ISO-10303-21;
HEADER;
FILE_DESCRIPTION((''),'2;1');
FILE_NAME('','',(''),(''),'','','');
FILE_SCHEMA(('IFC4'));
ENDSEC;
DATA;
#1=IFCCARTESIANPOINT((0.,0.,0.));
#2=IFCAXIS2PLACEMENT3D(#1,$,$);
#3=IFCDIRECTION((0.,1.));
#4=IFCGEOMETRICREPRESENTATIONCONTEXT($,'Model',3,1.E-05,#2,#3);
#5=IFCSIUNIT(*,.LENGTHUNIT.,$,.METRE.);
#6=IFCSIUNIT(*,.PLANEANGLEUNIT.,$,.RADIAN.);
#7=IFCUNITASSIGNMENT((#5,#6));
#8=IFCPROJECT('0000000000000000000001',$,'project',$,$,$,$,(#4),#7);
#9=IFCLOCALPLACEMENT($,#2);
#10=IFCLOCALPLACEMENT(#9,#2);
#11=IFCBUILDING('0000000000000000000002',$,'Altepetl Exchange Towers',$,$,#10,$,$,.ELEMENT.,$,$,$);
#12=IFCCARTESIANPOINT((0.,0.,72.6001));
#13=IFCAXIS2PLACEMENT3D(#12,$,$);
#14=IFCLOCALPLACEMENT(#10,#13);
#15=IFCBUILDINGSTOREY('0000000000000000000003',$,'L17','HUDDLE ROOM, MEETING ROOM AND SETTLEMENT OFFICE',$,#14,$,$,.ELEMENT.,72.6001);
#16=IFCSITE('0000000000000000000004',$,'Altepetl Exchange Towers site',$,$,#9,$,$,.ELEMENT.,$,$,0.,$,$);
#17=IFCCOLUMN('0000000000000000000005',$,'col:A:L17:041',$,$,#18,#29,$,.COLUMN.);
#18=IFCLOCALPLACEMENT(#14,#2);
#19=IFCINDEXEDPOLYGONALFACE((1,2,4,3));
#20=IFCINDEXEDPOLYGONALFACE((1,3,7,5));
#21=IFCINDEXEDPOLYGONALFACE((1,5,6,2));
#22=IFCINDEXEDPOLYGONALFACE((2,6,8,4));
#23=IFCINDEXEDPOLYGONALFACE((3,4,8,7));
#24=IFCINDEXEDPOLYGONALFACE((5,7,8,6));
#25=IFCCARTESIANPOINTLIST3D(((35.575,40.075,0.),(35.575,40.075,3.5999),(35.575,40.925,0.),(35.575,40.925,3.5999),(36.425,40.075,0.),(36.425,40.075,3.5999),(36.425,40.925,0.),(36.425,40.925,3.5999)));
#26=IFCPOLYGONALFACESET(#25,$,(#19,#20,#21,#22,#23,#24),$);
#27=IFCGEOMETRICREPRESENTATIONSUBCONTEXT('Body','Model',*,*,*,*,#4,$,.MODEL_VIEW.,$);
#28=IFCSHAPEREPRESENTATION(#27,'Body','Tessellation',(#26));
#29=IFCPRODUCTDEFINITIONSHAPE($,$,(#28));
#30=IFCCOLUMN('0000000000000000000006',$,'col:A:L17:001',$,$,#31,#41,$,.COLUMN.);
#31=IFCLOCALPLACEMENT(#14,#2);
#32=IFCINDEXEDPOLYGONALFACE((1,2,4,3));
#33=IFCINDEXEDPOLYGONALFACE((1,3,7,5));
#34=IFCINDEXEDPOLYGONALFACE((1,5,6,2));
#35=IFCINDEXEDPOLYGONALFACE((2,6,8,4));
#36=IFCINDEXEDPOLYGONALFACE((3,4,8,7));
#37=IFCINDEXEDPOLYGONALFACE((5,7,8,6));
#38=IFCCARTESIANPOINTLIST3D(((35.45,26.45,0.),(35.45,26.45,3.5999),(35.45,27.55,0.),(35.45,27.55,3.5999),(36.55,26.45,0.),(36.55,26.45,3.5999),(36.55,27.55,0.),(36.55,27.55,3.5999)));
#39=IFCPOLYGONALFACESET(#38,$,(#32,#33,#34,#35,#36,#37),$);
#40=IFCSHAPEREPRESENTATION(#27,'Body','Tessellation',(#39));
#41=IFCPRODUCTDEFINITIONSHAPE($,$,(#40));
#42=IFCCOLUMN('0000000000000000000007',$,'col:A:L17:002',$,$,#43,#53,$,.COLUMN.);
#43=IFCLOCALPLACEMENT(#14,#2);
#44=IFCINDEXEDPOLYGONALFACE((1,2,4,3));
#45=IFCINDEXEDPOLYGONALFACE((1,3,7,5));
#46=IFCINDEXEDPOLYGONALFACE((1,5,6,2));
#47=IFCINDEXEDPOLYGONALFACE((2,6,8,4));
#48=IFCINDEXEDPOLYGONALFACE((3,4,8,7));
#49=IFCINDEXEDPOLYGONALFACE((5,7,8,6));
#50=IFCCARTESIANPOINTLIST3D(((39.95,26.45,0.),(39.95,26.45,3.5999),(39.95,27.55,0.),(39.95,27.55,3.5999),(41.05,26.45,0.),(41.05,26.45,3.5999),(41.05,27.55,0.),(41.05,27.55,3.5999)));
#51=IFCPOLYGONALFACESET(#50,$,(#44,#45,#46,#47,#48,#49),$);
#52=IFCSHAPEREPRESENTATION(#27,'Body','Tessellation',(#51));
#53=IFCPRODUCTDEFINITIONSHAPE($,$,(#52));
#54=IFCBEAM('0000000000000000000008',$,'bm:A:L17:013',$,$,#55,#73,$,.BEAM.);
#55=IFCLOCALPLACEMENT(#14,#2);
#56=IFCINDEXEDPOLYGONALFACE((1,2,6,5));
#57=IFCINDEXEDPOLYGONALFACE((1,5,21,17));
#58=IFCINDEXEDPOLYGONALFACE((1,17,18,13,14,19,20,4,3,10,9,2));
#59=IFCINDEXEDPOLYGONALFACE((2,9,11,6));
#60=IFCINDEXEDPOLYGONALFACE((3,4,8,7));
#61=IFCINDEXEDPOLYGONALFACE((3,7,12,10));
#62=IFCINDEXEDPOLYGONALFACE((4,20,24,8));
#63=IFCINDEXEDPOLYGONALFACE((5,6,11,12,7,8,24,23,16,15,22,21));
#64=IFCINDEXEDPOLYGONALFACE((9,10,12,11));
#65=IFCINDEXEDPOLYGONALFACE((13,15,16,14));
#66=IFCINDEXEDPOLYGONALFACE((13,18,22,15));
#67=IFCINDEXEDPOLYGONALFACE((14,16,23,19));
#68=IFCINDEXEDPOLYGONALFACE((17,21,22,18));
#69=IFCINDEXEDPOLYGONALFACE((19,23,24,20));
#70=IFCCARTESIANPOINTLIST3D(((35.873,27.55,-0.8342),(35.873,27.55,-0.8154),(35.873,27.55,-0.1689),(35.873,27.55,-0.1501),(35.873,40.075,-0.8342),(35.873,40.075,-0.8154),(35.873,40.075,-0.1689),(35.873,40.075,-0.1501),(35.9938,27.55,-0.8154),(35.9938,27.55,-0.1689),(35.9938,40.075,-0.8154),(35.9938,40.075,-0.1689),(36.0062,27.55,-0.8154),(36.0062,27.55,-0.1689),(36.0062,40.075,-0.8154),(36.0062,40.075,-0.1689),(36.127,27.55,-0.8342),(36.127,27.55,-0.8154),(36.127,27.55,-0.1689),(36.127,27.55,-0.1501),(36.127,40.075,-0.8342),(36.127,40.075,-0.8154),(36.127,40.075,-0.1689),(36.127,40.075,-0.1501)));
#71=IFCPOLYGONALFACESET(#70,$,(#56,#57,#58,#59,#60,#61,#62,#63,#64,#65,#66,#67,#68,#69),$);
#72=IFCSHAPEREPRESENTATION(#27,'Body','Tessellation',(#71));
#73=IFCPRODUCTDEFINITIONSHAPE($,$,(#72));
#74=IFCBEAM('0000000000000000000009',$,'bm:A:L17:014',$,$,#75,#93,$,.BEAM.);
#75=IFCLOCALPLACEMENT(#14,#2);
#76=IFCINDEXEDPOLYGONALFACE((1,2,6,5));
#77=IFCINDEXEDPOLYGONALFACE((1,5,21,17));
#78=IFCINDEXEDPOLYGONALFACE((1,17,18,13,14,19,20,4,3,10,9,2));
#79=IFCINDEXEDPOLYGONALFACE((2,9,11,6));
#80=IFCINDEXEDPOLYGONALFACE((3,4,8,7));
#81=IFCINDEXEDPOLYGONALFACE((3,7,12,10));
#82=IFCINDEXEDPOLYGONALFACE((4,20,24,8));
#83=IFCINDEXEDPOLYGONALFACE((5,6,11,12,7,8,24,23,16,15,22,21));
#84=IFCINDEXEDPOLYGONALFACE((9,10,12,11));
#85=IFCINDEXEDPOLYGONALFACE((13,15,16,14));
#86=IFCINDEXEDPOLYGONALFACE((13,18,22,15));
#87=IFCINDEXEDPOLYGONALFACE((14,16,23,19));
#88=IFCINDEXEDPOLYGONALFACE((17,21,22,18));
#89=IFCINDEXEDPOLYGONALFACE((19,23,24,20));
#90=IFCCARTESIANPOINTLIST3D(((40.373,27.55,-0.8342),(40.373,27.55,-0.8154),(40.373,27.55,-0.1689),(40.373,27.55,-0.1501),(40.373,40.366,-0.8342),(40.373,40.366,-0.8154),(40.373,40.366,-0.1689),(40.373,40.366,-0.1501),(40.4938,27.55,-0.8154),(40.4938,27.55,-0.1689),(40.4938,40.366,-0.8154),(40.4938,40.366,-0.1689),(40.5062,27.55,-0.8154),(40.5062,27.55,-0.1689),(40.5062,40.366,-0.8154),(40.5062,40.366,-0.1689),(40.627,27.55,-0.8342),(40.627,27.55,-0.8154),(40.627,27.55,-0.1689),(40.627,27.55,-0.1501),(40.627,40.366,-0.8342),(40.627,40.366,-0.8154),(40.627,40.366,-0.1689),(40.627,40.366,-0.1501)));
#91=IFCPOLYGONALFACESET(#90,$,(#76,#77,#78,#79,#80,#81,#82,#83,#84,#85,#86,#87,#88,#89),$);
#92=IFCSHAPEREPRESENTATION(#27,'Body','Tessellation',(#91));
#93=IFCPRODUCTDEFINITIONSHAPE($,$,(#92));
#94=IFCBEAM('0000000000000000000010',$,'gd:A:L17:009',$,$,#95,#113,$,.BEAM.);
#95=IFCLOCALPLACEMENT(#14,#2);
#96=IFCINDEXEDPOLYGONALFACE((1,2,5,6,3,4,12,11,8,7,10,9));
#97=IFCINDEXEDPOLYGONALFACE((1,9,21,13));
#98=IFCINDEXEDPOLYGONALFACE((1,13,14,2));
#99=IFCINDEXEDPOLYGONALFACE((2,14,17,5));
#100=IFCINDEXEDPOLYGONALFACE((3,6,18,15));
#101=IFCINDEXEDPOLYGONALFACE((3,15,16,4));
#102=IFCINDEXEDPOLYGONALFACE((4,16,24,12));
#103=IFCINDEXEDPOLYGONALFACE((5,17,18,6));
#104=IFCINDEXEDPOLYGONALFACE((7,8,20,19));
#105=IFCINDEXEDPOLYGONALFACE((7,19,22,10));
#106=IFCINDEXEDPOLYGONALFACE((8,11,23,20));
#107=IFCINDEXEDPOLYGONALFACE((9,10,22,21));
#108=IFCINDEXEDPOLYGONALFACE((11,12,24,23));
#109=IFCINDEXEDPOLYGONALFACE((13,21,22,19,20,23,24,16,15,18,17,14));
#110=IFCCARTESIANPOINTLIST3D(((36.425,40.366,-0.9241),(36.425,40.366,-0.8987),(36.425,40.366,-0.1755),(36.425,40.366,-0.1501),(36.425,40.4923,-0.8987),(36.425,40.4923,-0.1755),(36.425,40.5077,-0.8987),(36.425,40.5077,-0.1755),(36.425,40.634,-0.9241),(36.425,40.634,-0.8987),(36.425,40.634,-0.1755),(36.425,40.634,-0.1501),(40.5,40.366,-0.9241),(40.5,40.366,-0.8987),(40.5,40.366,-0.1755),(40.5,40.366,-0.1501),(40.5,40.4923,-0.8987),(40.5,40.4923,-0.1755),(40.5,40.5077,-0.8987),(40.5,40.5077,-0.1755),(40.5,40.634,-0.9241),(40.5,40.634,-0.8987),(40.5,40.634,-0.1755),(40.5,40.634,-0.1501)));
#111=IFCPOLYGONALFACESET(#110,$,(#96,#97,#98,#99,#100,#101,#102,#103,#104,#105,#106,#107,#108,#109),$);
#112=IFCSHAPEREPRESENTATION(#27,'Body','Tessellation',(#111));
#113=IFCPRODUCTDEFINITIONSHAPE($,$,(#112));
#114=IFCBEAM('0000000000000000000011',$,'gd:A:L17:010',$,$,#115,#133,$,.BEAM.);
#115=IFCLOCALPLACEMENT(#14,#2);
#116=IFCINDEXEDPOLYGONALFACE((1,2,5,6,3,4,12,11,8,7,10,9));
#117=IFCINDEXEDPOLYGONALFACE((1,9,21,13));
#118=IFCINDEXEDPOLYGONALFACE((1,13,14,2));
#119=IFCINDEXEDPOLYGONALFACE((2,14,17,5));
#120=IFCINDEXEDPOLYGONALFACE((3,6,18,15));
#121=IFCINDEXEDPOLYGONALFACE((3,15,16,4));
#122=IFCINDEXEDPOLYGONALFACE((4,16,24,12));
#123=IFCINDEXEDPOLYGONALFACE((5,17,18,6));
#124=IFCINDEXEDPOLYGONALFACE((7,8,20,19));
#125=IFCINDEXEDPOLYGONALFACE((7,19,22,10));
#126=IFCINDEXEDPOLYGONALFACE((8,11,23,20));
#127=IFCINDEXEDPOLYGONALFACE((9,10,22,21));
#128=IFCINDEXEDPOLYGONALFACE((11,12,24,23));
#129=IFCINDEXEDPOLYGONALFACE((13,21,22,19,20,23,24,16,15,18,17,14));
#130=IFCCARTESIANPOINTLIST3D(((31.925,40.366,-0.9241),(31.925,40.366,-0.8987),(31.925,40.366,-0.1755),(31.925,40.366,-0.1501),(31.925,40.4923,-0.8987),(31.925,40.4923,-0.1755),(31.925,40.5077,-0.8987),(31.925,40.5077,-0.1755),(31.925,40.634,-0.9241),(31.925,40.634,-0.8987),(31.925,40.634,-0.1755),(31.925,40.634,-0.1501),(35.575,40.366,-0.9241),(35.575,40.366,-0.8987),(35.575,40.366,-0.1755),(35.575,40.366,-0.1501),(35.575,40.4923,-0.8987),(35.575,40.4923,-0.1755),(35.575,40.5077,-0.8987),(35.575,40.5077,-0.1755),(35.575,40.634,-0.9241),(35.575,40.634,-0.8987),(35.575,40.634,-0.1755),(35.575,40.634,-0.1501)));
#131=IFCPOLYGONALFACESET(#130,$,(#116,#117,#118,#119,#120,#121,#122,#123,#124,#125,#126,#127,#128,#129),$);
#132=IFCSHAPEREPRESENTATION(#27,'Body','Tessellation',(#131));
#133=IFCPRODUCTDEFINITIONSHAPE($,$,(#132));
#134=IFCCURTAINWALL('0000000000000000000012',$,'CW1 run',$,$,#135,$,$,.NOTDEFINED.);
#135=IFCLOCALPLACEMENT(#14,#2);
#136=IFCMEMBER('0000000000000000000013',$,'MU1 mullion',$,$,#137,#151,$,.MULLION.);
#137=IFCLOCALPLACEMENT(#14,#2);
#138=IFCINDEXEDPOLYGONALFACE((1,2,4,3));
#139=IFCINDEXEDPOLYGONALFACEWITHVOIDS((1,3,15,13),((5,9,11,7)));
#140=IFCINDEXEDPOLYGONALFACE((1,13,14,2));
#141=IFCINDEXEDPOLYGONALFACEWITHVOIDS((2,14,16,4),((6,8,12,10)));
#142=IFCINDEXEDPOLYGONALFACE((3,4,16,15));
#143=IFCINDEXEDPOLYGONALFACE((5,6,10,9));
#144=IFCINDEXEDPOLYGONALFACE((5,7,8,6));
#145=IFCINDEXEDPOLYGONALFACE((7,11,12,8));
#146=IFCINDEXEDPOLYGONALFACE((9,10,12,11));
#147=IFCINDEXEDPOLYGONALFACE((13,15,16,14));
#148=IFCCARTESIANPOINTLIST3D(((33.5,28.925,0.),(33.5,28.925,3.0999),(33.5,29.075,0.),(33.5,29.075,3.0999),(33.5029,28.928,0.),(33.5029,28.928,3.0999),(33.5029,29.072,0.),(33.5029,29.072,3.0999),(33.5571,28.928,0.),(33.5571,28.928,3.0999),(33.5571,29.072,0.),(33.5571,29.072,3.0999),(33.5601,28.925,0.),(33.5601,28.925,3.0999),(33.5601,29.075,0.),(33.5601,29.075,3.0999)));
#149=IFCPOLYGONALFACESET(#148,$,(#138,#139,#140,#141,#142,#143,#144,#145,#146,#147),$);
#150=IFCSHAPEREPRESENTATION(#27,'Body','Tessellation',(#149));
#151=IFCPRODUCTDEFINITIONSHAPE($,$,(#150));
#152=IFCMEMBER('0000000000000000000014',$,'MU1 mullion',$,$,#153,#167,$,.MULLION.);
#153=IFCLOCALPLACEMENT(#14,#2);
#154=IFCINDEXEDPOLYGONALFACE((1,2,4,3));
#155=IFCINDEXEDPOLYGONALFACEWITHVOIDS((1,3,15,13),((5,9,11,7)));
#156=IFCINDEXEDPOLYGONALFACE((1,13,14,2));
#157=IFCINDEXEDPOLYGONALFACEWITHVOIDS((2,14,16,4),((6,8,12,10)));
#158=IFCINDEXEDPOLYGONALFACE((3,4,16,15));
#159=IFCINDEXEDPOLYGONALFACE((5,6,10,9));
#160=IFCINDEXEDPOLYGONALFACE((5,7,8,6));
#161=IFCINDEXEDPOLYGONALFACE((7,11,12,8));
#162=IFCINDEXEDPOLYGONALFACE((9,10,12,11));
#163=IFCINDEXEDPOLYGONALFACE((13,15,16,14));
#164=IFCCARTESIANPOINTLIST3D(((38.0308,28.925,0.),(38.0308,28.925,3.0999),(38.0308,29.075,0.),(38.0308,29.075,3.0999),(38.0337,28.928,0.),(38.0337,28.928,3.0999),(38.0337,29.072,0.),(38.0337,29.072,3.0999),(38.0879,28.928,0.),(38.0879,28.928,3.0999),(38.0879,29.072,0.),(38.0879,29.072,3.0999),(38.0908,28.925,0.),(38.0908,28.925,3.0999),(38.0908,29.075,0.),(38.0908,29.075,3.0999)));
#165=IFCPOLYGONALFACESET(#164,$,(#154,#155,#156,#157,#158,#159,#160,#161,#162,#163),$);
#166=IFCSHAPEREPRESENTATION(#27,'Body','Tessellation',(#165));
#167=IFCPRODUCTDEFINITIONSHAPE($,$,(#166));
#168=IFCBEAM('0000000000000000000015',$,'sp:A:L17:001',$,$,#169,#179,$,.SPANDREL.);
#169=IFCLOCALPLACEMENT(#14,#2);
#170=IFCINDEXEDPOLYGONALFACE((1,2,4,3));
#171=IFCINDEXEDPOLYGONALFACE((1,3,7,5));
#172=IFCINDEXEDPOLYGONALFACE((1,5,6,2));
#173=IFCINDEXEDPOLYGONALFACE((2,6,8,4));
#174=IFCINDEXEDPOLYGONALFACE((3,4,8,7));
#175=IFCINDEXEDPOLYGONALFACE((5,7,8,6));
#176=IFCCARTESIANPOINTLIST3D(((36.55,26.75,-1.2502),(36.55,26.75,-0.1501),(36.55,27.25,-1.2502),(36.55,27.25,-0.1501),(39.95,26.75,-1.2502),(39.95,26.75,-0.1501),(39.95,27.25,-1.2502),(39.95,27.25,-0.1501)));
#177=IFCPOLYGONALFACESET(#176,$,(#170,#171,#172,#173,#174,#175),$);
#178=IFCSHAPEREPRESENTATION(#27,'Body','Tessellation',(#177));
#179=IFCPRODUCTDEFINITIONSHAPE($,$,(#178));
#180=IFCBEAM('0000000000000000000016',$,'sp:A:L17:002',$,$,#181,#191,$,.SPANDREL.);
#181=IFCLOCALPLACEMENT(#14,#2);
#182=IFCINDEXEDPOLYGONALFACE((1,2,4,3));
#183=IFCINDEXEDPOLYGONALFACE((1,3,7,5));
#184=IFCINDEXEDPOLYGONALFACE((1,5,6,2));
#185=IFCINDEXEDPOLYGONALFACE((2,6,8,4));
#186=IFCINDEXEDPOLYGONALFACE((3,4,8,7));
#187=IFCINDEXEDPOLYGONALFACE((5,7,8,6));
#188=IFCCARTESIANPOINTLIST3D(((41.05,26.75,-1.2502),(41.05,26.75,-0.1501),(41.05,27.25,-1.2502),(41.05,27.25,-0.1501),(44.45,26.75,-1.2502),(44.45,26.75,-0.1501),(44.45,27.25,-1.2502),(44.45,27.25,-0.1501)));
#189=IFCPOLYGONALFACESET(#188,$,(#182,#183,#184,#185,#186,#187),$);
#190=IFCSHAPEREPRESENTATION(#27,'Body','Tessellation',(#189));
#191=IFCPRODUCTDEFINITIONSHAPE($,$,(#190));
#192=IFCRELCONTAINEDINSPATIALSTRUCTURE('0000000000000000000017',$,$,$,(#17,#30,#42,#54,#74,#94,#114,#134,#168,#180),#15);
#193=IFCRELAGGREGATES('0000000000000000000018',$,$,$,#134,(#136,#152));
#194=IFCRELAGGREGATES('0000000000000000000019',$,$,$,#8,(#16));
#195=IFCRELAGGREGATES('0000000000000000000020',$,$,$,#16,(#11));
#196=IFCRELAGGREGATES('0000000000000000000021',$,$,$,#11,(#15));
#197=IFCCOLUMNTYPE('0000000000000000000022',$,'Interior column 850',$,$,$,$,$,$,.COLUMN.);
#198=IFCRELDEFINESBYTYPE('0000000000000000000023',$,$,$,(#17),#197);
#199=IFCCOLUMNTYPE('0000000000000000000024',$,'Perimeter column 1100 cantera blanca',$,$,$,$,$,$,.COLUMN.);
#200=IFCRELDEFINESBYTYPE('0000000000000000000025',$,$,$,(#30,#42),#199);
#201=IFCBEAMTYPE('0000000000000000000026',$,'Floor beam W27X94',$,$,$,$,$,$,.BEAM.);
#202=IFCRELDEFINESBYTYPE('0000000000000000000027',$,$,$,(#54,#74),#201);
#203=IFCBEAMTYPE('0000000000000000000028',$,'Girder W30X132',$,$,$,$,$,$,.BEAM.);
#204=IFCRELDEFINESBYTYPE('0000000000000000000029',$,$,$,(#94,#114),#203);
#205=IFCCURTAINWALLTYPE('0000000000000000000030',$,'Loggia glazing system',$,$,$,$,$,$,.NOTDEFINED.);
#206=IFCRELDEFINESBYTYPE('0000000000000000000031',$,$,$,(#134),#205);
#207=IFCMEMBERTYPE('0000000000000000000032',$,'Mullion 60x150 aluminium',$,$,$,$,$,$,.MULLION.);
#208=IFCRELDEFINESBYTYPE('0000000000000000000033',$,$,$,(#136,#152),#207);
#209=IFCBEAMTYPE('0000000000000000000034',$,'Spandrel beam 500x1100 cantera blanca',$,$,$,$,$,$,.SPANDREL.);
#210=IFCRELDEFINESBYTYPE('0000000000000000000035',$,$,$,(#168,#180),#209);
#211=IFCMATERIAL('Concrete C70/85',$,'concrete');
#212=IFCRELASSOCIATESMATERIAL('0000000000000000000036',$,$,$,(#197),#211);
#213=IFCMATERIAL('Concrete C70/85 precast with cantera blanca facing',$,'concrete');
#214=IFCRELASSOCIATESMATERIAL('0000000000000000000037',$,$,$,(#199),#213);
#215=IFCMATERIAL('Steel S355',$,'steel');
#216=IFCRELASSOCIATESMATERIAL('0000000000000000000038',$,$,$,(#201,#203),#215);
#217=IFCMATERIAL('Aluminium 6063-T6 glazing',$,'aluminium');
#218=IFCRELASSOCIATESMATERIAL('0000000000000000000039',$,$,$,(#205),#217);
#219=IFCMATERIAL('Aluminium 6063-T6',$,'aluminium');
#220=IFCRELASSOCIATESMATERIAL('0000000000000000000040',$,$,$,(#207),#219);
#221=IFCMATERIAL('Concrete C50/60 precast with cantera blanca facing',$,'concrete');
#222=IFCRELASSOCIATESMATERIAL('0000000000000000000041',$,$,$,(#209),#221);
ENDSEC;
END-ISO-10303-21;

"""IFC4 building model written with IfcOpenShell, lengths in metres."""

from ifc_helpers import new_model, si_unit, direction, frame, origin, origin_2d, place, context, subcontext, project, spatial, rectangle, hollow_rectangle, i_section, extrude, material, material_profile, profile_set, type_object, element, aggregate, save


model = new_model("IFC4")

# Units and contexts
model_context = context("Model", 3, precision=1e-05, world=origin(), true_north=direction((0.0, 1.0)))
body_context = subcontext(model_context, "Body", "Model", "MODEL_VIEW")
ifc_project = project(units=[si_unit("LENGTHUNIT", "METRE"), si_unit("PLANEANGLEUNIT", "RADIAN")], contexts=[model_context])

# Site, building, storey
site_placement = place(None, origin())
site = spatial("IfcSite", under=ifc_project, at=site_placement, Name="Altepetl Exchange Towers site", CompositionType="ELEMENT", RefElevation=0.0)
building_placement = place(site_placement, origin())
building = spatial("IfcBuilding", under=site, at=building_placement, Name="Altepetl Exchange Towers", CompositionType="ELEMENT")
storey_placement = place(building_placement, frame((0.0, 0.0, 72.6001)))
storey = spatial("IfcBuildingStorey", under=building, at=storey_placement, Name="L17", Description="HUDDLE ROOM, MEETING ROOM AND SETTLEMENT OFFICE", CompositionType="ELEMENT", Elevation=72.6001)

# Columns
ifc_material_1 = material(Name="Concrete C70/85", Category="concrete")
ifc_material_profile_1 = material_profile(ifc_material_1, rectangle(XDim=0.8501, YDim=0.8501, at=origin_2d()), Name="850 x 850")
ifc_profile_set_1 = profile_set([ifc_material_profile_1], Name="Concrete C70/85")
column_type_1 = type_object("IfcColumnType", Name="Interior column 850", PredefinedType="COLUMN", material=ifc_profile_set_1)
column_placement = place(storey_placement, frame((36.0, 40.5, 0.0)))
element("IfcColumn", 1, at=column_placement, inside=storey, type_object=column_type_1, Name="col:A:L17:041", PredefinedType="COLUMN", context=body_context, shape_type="SweptSolid", body=[
    extrude(rectangle(XDim=0.8501, YDim=0.8501, at=origin_2d()), origin(), (0.0, 0.0, 1.0), 3.5999),
])
ifc_material_2 = material(Name="Concrete C70/85 precast with cantera blanca facing", Category="concrete")
ifc_material_profile_2 = material_profile(ifc_material_2, rectangle(XDim=1.1001, YDim=1.1001, at=origin_2d()), Name="1100 x 1100")
ifc_profile_set_2 = profile_set([ifc_material_profile_2], Name="Concrete C70/85 precast with cantera blanca facing")
column_type_2 = type_object("IfcColumnType", Name="Perimeter column 1100 cantera blanca", PredefinedType="COLUMN", material=ifc_profile_set_2)
for number, where, name in (
    (2, (36.0, 27.0, 0.0), "col:A:L17:001"),
    (3, (40.5, 27.0, 0.0), "col:A:L17:002"),
):
    element("IfcColumn", number, at=place(storey_placement, frame(where)), inside=storey, type_object=column_type_2, Name=name, PredefinedType="COLUMN", context=body_context, shape_type="SweptSolid", body=[
        extrude(rectangle(XDim=1.1001, YDim=1.1001, at=origin_2d()), origin(), (0.0, 0.0, 1.0), 3.5999),
    ])

# Beams
ifc_material_3 = material(Name="Steel S355", Category="steel")
ifc_material_profile_3 = material_profile(ifc_material_3, i_section(OverallWidth=0.2539, OverallDepth=0.6841, WebThickness=0.0125, FlangeThickness=0.0188, at=origin_2d()), Name="W27X94")
ifc_profile_set_3 = profile_set([ifc_material_profile_3], Name="Steel S355")
beam_type_1 = type_object("IfcBeamType", Name="Floor beam W27X94", PredefinedType="BEAM", material=ifc_profile_set_3)
beam_1_placement = place(storey_placement, frame((36.0, 27.55, -0.4922), z_axis=(0.0, 1.0, 0.0), x_axis=(-1.0, 0.0, 0.0)))
element("IfcBeam", 4, at=beam_1_placement, inside=storey, type_object=beam_type_1, Name="bm:A:L17:013", PredefinedType="BEAM", context=body_context, shape_type="SweptSolid", body=[
    extrude(i_section(OverallWidth=0.2539, OverallDepth=0.6841, WebThickness=0.0125, FlangeThickness=0.0188, at=origin_2d()), origin(), (0.0, 0.0, 1.0), 12.5249),
])
beam_2_placement = place(storey_placement, frame((40.5, 27.55, -0.4922), z_axis=(0.0, 1.0, 0.0), x_axis=(-1.0, 0.0, 0.0)))
element("IfcBeam", 5, at=beam_2_placement, inside=storey, type_object=beam_type_1, Name="bm:A:L17:014", PredefinedType="BEAM", context=body_context, shape_type="SweptSolid", body=[
    extrude(i_section(OverallWidth=0.2539, OverallDepth=0.6841, WebThickness=0.0125, FlangeThickness=0.0188, at=origin_2d()), origin(), (0.0, 0.0, 1.0), 12.8159),
])
ifc_material_profile_4 = material_profile(ifc_material_3, i_section(OverallWidth=0.2681, OverallDepth=0.7739, WebThickness=0.0154, FlangeThickness=0.0254, at=origin_2d()), Name="W30X132")
ifc_profile_set_4 = profile_set([ifc_material_profile_4], Name="Steel S355")
beam_type_2 = type_object("IfcBeamType", Name="Girder W30X132", PredefinedType="BEAM", material=ifc_profile_set_4)
beam_3_placement = place(storey_placement, frame((40.5, 40.5, -0.5371), z_axis=(-1.0, 0.0, 0.0), x_axis=(0.0, -1.0, 0.0)))
element("IfcBeam", 6, at=beam_3_placement, inside=storey, type_object=beam_type_2, Name="gd:A:L17:009", PredefinedType="BEAM", context=body_context, shape_type="SweptSolid", body=[
    extrude(i_section(OverallWidth=0.2681, OverallDepth=0.7739, WebThickness=0.0154, FlangeThickness=0.0254, at=origin_2d()), origin(), (0.0, 0.0, 1.0), 4.075),
])
beam_4_placement = place(storey_placement, frame((35.575, 40.5, -0.5371), z_axis=(-1.0, 0.0, 0.0), x_axis=(0.0, -1.0, 0.0)))
element("IfcBeam", 7, at=beam_4_placement, inside=storey, type_object=beam_type_2, Name="gd:A:L17:010", PredefinedType="BEAM", context=body_context, shape_type="SweptSolid", body=[
    extrude(i_section(OverallWidth=0.2681, OverallDepth=0.7739, WebThickness=0.0154, FlangeThickness=0.0254, at=origin_2d()), origin(), (0.0, 0.0, 1.0), 3.6499),
])

# Curtain wall, members
ifc_material_4 = material(Name="Aluminium 6063-T6 glazing", Category="aluminium")
curtain_wall_type = type_object("IfcCurtainWallType", Name="Loggia glazing system", PredefinedType="NOTDEFINED", material=ifc_material_4)
curtain_wall_placement = place(storey_placement, origin())
curtain_wall = element("IfcCurtainWall", 8, at=curtain_wall_placement, inside=storey, type_object=curtain_wall_type, Name="CW1 run", PredefinedType="NOTDEFINED")
ifc_material_5 = material(Name="Aluminium 6063-T6", Category="aluminium")
ifc_material_profile_5 = material_profile(ifc_material_5, hollow_rectangle(XDim=0.0601, YDim=0.1499, WallThickness=0.0029, at=origin_2d()), Name="Mullion 60x150 aluminium")
ifc_profile_set_5 = profile_set([ifc_material_profile_5], Name="Aluminium 6063-T6")
member_type = type_object("IfcMemberType", Name="Mullion 60x150 aluminium", PredefinedType="MULLION", material=ifc_profile_set_5)
member_1_placement = place(storey_placement, frame((33.53, 29.0, 0.0)))
member_1 = element("IfcMember", 9, at=member_1_placement, type_object=member_type, Name="MU1 mullion", PredefinedType="MULLION", context=body_context, shape_type="SweptSolid", body=[
    extrude(hollow_rectangle(XDim=0.0601, YDim=0.1499, WallThickness=0.0029, at=origin_2d()), origin(), (0.0, 0.0, 1.0), 3.0999),
])
member_2_placement = place(storey_placement, frame((38.0608, 29.0, 0.0)))
member_2 = element("IfcMember", 10, at=member_2_placement, type_object=member_type, Name="MU1 mullion", PredefinedType="MULLION", context=body_context, shape_type="SweptSolid", body=[
    extrude(hollow_rectangle(XDim=0.0601, YDim=0.1499, WallThickness=0.0029, at=origin_2d()), origin(), (0.0, 0.0, 1.0), 3.0999),
])

# Beams
ifc_material_6 = material(Name="Concrete C50/60 precast with cantera blanca facing", Category="concrete")
ifc_material_profile_6 = material_profile(ifc_material_6, rectangle(XDim=0.5, YDim=1.1001, at=origin_2d()), Name="500 x 1100")
ifc_profile_set_6 = profile_set([ifc_material_profile_6], Name="Concrete C50/60 precast with cantera blanca facing")
beam_type_3 = type_object("IfcBeamType", Name="Spandrel beam 500x1100 cantera blanca", PredefinedType="SPANDREL", material=ifc_profile_set_6)
for number, where, z_axis, x_axis, name in (
    (11, (36.55, 27.0, -0.7002), (1.0, 0.0, 0.0), (0.0, 1.0, 0.0), "sp:A:L17:001"),
    (12, (41.05, 27.0, -0.7002), (1.0, 0.0, 0.0), (0.0, 1.0, 0.0), "sp:A:L17:002"),
):
    element("IfcBeam", number, at=place(storey_placement, frame(where, z_axis=z_axis, x_axis=x_axis)), inside=storey, type_object=beam_type_3, Name=name, PredefinedType="SPANDREL", context=body_context, shape_type="SweptSolid", body=[
        extrude(rectangle(XDim=0.5, YDim=1.1001, at=origin_2d()), origin(), (0.0, 0.0, 1.0), 3.3999),
    ])

aggregate(curtain_wall, [member_1, member_2])

save(model, "model.ifc")
